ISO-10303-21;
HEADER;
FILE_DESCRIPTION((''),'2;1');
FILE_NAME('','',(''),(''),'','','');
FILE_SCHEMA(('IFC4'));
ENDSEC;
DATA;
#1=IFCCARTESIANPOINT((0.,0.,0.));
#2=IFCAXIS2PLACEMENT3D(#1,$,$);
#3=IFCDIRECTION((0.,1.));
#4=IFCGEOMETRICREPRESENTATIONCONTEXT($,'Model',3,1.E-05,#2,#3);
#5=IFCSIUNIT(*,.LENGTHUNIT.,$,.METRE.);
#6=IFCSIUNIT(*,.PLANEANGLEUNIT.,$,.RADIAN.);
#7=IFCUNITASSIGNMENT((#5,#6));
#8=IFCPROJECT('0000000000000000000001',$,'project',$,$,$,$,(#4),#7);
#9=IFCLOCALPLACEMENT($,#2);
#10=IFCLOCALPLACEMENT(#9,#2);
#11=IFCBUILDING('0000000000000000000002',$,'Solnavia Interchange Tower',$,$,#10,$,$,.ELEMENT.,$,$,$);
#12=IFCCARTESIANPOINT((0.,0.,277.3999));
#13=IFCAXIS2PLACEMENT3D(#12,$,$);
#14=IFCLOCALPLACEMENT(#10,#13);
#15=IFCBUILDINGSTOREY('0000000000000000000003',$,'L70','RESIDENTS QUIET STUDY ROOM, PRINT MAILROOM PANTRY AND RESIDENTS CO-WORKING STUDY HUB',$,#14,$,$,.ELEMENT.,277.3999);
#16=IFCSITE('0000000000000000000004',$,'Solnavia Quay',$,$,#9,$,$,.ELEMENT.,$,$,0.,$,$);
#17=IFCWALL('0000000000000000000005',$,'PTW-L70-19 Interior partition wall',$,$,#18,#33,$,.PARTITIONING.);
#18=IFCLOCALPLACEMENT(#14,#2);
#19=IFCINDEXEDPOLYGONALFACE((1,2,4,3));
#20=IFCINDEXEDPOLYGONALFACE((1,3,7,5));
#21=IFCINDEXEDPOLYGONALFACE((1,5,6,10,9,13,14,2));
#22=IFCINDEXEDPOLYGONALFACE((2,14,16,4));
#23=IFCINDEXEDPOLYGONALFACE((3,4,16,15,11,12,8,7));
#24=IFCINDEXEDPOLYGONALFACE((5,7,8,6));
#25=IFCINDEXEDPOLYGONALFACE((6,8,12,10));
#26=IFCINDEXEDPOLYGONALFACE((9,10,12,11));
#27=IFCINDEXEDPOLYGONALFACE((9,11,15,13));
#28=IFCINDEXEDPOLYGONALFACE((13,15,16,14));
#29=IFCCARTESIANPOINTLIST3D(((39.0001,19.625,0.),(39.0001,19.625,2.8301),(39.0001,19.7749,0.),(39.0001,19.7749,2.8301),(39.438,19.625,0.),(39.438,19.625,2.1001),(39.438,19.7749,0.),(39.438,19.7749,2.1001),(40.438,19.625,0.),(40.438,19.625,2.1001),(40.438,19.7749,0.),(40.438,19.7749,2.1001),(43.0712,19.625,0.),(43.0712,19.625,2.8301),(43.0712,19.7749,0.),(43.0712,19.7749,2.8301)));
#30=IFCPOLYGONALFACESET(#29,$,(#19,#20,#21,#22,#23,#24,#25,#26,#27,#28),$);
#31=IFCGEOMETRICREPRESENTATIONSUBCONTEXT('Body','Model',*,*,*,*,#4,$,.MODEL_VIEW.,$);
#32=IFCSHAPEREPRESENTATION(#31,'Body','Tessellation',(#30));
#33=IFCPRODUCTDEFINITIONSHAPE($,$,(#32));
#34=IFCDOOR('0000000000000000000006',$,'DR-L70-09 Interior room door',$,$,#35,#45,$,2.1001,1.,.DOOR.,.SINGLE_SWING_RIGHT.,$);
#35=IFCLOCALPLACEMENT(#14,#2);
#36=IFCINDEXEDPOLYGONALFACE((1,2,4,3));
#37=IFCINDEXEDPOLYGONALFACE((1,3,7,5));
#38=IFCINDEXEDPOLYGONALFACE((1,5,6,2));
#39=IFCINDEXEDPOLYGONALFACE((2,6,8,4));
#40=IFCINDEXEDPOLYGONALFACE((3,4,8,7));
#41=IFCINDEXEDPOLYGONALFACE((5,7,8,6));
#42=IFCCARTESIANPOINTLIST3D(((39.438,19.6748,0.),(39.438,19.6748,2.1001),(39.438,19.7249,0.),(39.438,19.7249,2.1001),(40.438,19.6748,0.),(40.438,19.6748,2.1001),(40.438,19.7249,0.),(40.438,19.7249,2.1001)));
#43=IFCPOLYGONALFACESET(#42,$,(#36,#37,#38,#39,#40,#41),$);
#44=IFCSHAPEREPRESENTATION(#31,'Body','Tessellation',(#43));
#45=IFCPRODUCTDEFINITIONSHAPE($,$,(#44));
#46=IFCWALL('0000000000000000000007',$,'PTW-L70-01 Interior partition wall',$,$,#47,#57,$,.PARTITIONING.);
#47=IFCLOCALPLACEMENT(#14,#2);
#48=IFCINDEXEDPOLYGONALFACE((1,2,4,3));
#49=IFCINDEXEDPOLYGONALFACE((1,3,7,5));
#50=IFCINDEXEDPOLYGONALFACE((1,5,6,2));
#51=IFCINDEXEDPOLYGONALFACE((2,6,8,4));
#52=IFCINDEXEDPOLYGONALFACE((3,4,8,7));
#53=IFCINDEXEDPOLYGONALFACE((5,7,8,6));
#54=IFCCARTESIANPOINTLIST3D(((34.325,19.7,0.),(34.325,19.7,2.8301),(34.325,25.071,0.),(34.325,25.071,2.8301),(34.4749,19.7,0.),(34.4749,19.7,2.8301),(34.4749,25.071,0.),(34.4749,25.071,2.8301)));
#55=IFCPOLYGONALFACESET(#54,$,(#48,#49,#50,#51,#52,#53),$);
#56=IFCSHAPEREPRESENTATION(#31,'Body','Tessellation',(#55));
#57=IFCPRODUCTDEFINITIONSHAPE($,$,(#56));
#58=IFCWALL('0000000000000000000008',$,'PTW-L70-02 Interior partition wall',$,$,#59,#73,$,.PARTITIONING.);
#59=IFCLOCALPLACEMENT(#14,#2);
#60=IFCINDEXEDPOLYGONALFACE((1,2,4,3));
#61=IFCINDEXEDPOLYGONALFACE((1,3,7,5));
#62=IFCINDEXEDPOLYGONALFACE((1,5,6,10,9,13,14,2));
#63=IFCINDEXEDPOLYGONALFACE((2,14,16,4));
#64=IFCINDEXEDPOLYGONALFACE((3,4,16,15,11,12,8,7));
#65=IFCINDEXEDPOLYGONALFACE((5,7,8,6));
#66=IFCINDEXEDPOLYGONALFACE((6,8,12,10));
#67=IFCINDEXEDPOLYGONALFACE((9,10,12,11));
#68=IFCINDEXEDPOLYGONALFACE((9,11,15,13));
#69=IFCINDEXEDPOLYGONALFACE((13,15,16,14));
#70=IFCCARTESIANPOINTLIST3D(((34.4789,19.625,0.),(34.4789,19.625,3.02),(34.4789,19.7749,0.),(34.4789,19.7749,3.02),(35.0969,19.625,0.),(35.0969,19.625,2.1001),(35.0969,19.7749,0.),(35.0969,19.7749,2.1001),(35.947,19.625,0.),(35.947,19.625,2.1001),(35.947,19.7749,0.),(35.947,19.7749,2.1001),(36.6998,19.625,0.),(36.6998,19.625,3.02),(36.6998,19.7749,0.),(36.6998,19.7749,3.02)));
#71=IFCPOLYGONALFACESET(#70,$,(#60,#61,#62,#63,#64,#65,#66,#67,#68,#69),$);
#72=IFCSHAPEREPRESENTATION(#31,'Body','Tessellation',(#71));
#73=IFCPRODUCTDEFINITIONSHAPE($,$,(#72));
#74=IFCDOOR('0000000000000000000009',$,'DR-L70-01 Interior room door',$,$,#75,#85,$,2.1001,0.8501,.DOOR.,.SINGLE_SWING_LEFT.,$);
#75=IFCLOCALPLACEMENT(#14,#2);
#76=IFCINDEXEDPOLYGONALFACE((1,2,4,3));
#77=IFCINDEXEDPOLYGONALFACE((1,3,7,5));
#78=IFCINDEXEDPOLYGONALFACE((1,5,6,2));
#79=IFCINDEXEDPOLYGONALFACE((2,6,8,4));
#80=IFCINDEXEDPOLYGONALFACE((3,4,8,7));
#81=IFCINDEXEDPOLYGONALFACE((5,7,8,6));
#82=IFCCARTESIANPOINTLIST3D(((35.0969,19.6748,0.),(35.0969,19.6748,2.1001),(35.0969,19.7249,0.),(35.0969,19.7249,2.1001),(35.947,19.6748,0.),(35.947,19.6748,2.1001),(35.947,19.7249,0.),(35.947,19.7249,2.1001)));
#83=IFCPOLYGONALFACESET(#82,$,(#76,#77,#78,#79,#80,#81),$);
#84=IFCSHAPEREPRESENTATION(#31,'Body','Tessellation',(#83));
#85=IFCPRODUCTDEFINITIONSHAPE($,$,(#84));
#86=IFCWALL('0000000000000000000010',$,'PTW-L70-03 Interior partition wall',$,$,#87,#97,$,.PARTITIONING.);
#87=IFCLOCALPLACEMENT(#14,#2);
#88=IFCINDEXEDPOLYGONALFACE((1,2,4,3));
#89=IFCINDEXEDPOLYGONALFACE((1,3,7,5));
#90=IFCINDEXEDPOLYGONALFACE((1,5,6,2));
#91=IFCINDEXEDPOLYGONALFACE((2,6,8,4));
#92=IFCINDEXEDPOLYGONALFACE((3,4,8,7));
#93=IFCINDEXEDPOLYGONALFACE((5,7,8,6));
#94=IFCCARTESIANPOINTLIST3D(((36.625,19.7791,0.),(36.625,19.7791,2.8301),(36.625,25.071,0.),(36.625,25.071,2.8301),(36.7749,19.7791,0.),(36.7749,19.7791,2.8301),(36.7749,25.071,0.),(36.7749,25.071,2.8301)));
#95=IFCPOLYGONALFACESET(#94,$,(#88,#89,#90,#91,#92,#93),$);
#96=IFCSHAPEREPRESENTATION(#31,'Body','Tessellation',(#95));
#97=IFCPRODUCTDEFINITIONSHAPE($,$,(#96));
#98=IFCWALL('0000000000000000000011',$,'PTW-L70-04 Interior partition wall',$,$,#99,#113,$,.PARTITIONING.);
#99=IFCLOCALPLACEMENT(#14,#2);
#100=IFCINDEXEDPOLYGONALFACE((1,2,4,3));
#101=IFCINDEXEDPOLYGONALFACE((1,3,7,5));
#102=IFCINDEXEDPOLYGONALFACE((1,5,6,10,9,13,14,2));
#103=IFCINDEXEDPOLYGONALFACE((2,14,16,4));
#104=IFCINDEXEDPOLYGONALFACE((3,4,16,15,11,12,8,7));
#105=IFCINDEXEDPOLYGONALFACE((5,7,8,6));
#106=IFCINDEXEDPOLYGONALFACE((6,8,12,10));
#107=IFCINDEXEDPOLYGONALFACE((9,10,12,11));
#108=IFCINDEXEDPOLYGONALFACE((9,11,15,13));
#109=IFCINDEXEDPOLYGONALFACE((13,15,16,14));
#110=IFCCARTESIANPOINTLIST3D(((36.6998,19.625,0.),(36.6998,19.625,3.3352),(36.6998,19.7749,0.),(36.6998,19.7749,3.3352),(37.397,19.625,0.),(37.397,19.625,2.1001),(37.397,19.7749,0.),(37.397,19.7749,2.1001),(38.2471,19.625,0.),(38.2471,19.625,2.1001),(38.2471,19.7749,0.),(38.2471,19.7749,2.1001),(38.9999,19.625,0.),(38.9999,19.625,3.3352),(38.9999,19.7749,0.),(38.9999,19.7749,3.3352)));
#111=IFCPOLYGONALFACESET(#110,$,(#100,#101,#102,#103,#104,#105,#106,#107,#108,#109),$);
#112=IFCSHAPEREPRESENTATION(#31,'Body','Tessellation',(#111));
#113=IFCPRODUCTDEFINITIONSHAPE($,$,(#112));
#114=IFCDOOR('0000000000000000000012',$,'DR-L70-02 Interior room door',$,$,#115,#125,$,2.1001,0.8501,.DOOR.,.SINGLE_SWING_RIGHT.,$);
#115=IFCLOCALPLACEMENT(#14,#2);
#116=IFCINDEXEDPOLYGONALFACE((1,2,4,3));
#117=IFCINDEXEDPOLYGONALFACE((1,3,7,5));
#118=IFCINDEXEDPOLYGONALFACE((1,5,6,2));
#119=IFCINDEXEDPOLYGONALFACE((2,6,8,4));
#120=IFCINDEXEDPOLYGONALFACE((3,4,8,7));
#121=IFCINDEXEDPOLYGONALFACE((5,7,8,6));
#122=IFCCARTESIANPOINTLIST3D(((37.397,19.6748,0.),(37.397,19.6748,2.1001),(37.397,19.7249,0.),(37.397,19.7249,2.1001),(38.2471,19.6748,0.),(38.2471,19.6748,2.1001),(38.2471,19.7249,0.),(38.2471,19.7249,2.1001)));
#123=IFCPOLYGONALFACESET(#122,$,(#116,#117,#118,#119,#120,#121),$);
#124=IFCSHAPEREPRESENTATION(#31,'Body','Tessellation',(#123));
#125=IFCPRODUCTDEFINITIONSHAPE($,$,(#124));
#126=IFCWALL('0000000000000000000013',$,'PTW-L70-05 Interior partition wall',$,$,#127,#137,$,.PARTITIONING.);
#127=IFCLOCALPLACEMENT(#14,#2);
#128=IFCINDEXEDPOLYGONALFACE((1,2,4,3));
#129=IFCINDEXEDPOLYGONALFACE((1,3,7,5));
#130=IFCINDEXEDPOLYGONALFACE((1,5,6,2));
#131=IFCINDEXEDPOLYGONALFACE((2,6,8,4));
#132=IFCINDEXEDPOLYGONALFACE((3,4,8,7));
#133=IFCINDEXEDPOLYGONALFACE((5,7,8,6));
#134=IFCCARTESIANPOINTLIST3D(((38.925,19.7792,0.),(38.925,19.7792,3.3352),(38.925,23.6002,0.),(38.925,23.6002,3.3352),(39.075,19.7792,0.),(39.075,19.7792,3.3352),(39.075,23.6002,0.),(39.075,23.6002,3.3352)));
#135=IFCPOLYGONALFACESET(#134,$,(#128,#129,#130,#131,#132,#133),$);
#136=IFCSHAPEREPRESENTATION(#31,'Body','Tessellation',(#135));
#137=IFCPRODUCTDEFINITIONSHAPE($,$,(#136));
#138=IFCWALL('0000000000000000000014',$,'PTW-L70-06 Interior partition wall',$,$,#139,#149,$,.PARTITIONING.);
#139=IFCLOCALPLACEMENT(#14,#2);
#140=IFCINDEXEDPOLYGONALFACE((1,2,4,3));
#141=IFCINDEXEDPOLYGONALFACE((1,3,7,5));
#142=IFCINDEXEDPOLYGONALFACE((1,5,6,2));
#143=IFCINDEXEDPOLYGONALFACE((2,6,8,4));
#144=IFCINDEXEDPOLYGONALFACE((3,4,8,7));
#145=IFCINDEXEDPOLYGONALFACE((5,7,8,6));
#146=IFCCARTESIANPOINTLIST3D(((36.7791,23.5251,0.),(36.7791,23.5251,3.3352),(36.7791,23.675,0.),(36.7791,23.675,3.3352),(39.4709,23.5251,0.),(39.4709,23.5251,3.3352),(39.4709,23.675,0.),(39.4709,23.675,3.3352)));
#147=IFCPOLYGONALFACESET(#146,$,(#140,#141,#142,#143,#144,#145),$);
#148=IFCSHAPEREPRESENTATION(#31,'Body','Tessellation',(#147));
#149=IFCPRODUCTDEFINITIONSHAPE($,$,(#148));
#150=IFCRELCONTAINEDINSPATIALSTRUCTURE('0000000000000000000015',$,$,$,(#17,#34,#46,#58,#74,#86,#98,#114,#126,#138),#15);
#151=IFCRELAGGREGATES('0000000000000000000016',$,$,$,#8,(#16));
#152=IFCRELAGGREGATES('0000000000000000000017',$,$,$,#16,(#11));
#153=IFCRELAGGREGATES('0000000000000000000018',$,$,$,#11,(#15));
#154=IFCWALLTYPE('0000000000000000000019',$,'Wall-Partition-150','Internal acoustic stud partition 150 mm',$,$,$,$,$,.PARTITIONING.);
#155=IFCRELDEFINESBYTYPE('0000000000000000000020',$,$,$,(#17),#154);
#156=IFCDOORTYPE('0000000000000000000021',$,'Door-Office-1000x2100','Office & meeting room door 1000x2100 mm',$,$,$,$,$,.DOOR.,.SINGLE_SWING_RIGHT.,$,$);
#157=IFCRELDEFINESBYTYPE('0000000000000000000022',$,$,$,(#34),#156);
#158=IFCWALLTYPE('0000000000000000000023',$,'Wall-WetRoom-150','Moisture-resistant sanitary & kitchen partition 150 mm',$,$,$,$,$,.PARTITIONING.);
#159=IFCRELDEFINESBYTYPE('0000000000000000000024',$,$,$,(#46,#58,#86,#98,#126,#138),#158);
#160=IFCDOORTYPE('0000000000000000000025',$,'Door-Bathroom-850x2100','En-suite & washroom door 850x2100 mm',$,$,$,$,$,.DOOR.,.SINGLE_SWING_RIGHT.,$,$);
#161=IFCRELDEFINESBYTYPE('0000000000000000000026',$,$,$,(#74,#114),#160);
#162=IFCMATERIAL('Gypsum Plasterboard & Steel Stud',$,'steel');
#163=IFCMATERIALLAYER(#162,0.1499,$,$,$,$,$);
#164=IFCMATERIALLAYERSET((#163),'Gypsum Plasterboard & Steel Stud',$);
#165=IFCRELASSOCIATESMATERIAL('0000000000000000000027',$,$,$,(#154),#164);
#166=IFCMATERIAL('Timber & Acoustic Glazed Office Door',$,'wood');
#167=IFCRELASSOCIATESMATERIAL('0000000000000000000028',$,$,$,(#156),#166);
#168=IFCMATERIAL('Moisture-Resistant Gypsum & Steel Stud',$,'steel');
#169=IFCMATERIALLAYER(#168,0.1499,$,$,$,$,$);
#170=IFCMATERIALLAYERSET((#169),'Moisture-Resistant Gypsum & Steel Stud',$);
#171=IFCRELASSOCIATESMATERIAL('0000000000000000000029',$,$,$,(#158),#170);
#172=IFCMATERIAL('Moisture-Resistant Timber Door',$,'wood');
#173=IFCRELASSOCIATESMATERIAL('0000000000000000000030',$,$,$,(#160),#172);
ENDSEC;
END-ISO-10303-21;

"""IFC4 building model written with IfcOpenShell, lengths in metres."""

from ifc_helpers import new_model, si_unit, direction, frame, frame_2d, origin, place, context, subcontext, project, spatial, rectangle, extrude, material, layer, layer_set, type_object, element, fill, save


model = new_model("IFC4")

# Units and contexts
model_context = context("Model", 3, precision=1e-05, world=origin(), true_north=direction((0.0, 1.0)))
body_context = subcontext(model_context, "Body", "Model", "MODEL_VIEW")
ifc_project = project(units=[si_unit("LENGTHUNIT", "METRE"), si_unit("PLANEANGLEUNIT", "RADIAN")], contexts=[model_context])

# Site, building, storey
site_placement = place(None, origin())
site = spatial("IfcSite", under=ifc_project, at=site_placement, Name="Solnavia Quay", CompositionType="ELEMENT", RefElevation=0.0)
building_placement = place(site_placement, origin())
building = spatial("IfcBuilding", under=site, at=building_placement, Name="Solnavia Interchange Tower", CompositionType="ELEMENT")
storey_placement = place(building_placement, frame((0.0, 0.0, 277.3999)))
storey = spatial("IfcBuildingStorey", under=building, at=storey_placement, Name="L70", Description="RESIDENTS QUIET STUDY ROOM, PRINT MAILROOM PANTRY AND RESIDENTS CO-WORKING STUDY HUB", CompositionType="ELEMENT", Elevation=277.3999)

# Wall, opening, door
ifc_material_1 = material(Name="Gypsum Plasterboard & Steel Stud", Category="steel")
ifc_layer_1 = layer(ifc_material_1, 0.1499)
ifc_layer_set_1 = layer_set([ifc_layer_1], Name="Gypsum Plasterboard & Steel Stud")
wall_type_1 = type_object("IfcWallType", Name="Wall-Partition-150", Description="Internal acoustic stud partition 150 mm", PredefinedType="PARTITIONING", material=ifc_layer_set_1)
ifc_material_2 = material(Name="Timber & Acoustic Glazed Office Door", Category="wood")
door_type_1 = type_object("IfcDoorType", Name="Door-Office-1000x2100", Description="Office & meeting room door 1000x2100 mm", OperationType="SINGLE_SWING_RIGHT", PredefinedType="DOOR", material=ifc_material_2)
wall_1_placement = place(storey_placement, frame((39.0, 19.7, 0.0), z_axis=(0.0, 0.0, 1.0), x_axis=(1.0, 0.0, 0.0)))
wall_1 = element("IfcWall", 1, at=wall_1_placement, inside=storey, type_object=wall_type_1, Name="PTW-L70-19 Interior partition wall", PredefinedType="PARTITIONING", context=body_context, shape_type="SweptSolid", body=[
    extrude(rectangle(XDim=4.071, YDim=0.1499, at=frame_2d((2.0356, 0.0))), origin(), (0.0, 0.0, 1.0), 2.8301),
])
opening_1_placement = place(wall_1_placement, frame((0.438, 0.0, 0.0)))
opening_1 = element("IfcOpeningElement", 2, at=opening_1_placement, cuts=wall_1, PredefinedType="OPENING", context=body_context, shape_type="SweptSolid", body=[
    extrude(rectangle(XDim=1.0, YDim=2.1001, at=frame_2d((0.5, 1.05))), frame((0.0, 0.085, 0.0), z_axis=(0.0, -1.0, 0.0), x_axis=(1.0, 0.0, 0.0)), (0.0, 0.0, 1.0), 0.1699),
])
door_1_placement = place(opening_1_placement, origin())
door_1 = element("IfcDoor", 3, at=door_1_placement, inside=storey, type_object=door_type_1, Name="DR-L70-09 Interior room door", OperationType="SINGLE_SWING_RIGHT", OverallHeight=2.1001, OverallWidth=1.0, PredefinedType="DOOR", context=body_context, shape_type="SweptSolid", body=[
    extrude(rectangle(XDim=1.0, YDim=2.1001, at=frame_2d((0.5, 1.05))), frame((0.0, 0.0249, 0.0), z_axis=(0.0, -1.0, 0.0), x_axis=(1.0, 0.0, 0.0)), (0.0, 0.0, 1.0), 0.05),
])
fill(opening_1, door_1)

# Wall
ifc_material_3 = material(Name="Moisture-Resistant Gypsum & Steel Stud", Category="steel")
ifc_layer_2 = layer(ifc_material_3, 0.1499)
ifc_layer_set_2 = layer_set([ifc_layer_2], Name="Moisture-Resistant Gypsum & Steel Stud")
wall_type_2 = type_object("IfcWallType", Name="Wall-WetRoom-150", Description="Moisture-resistant sanitary & kitchen partition 150 mm", PredefinedType="PARTITIONING", material=ifc_layer_set_2)
wall_2_placement = place(storey_placement, frame((34.3999, 19.7, 0.0), z_axis=(0.0, 0.0, 1.0), x_axis=(0.0, 1.0, 0.0)))
element("IfcWall", 4, at=wall_2_placement, inside=storey, type_object=wall_type_2, Name="PTW-L70-01 Interior partition wall", PredefinedType="PARTITIONING", context=body_context, shape_type="SweptSolid", body=[
    extrude(rectangle(XDim=5.3711, YDim=0.1499, at=frame_2d((2.6855, 0.0))), origin(), (0.0, 0.0, 1.0), 2.8301),
])

# Wall, opening, door
wall_3_placement = place(storey_placement, frame((34.479, 19.7, 0.0), z_axis=(0.0, 0.0, 1.0), x_axis=(1.0, 0.0, 0.0)))
wall_3 = element("IfcWall", 5, at=wall_3_placement, inside=storey, type_object=wall_type_2, Name="PTW-L70-02 Interior partition wall", PredefinedType="PARTITIONING", context=body_context, shape_type="SweptSolid", body=[
    extrude(rectangle(XDim=2.2209, YDim=0.1499, at=frame_2d((1.1104, 0.0))), origin(), (0.0, 0.0, 1.0), 3.02),
])
opening_2_placement = place(wall_3_placement, frame((0.6179, 0.0, 0.0)))
opening_2 = element("IfcOpeningElement", 6, at=opening_2_placement, cuts=wall_3, PredefinedType="OPENING", context=body_context, shape_type="SweptSolid", body=[
    extrude(rectangle(XDim=0.8501, YDim=2.1001, at=frame_2d((0.425, 1.05))), frame((0.0, 0.085, 0.0), z_axis=(0.0, -1.0, 0.0), x_axis=(1.0, 0.0, 0.0)), (0.0, 0.0, 1.0), 0.1699),
])
ifc_material_4 = material(Name="Moisture-Resistant Timber Door", Category="wood")
door_type_2 = type_object("IfcDoorType", Name="Door-Bathroom-850x2100", Description="En-suite & washroom door 850x2100 mm", OperationType="SINGLE_SWING_RIGHT", PredefinedType="DOOR", material=ifc_material_4)
door_2_placement = place(opening_2_placement, origin())
door_2 = element("IfcDoor", 7, at=door_2_placement, inside=storey, type_object=door_type_2, Name="DR-L70-01 Interior room door", OperationType="SINGLE_SWING_LEFT", OverallHeight=2.1001, OverallWidth=0.8501, PredefinedType="DOOR", context=body_context, shape_type="SweptSolid", body=[
    extrude(rectangle(XDim=0.8501, YDim=2.1001, at=frame_2d((0.425, 1.05))), frame((0.0, 0.0249, 0.0), z_axis=(0.0, -1.0, 0.0), x_axis=(1.0, 0.0, 0.0)), (0.0, 0.0, 1.0), 0.05),
])
fill(opening_2, door_2)

# Wall
wall_4_placement = place(storey_placement, frame((36.7, 19.7791, 0.0), z_axis=(0.0, 0.0, 1.0), x_axis=(0.0, 1.0, 0.0)))
element("IfcWall", 8, at=wall_4_placement, inside=storey, type_object=wall_type_2, Name="PTW-L70-03 Interior partition wall", PredefinedType="PARTITIONING", context=body_context, shape_type="SweptSolid", body=[
    extrude(rectangle(XDim=5.292, YDim=0.1499, at=frame_2d((2.646, 0.0))), origin(), (0.0, 0.0, 1.0), 2.8301),
])

# Wall, opening, door
wall_5_placement = place(storey_placement, frame((36.7, 19.7, 0.0), z_axis=(0.0, 0.0, 1.0), x_axis=(1.0, 0.0, 0.0)))
wall_5 = element("IfcWall", 9, at=wall_5_placement, inside=storey, type_object=wall_type_2, Name="PTW-L70-04 Interior partition wall", PredefinedType="PARTITIONING", context=body_context, shape_type="SweptSolid", body=[
    extrude(rectangle(XDim=2.3, YDim=0.1499, at=frame_2d((1.1499, 0.0))), origin(), (0.0, 0.0, 1.0), 3.3352),
])
opening_3_placement = place(wall_5_placement, frame((0.697, 0.0, 0.0)))
opening_3 = element("IfcOpeningElement", 10, at=opening_3_placement, cuts=wall_5, PredefinedType="OPENING", context=body_context, shape_type="SweptSolid", body=[
    extrude(rectangle(XDim=0.8501, YDim=2.1001, at=frame_2d((0.425, 1.05))), frame((0.0, 0.085, 0.0), z_axis=(0.0, -1.0, 0.0), x_axis=(1.0, 0.0, 0.0)), (0.0, 0.0, 1.0), 0.1699),
])
door_3_placement = place(opening_3_placement, origin())
door_3 = element("IfcDoor", 11, at=door_3_placement, inside=storey, type_object=door_type_2, Name="DR-L70-02 Interior room door", OperationType="SINGLE_SWING_RIGHT", OverallHeight=2.1001, OverallWidth=0.8501, PredefinedType="DOOR", context=body_context, shape_type="SweptSolid", body=[
    extrude(rectangle(XDim=0.8501, YDim=2.1001, at=frame_2d((0.425, 1.05))), frame((0.0, 0.0249, 0.0), z_axis=(0.0, -1.0, 0.0), x_axis=(1.0, 0.0, 0.0)), (0.0, 0.0, 1.0), 0.05),
])
fill(opening_3, door_3)

# Walls
wall_6_placement = place(storey_placement, frame((39.0, 19.7791, 0.0), z_axis=(0.0, 0.0, 1.0), x_axis=(0.0, 1.0, 0.0)))
element("IfcWall", 12, at=wall_6_placement, inside=storey, type_object=wall_type_2, Name="PTW-L70-05 Interior partition wall", PredefinedType="PARTITIONING", context=body_context, shape_type="SweptSolid", body=[
    extrude(rectangle(XDim=3.821, YDim=0.1499, at=frame_2d((1.9106, 0.0))), origin(), (0.0, 0.0, 1.0), 3.3352),
])
wall_7_placement = place(storey_placement, frame((36.7791, 23.6001, 0.0), z_axis=(0.0, 0.0, 1.0), x_axis=(1.0, 0.0, 0.0)))
element("IfcWall", 13, at=wall_7_placement, inside=storey, type_object=wall_type_2, Name="PTW-L70-06 Interior partition wall", PredefinedType="PARTITIONING", context=body_context, shape_type="SweptSolid", body=[
    extrude(rectangle(XDim=2.6919, YDim=0.1499, at=frame_2d((1.3459, 0.0))), origin(), (0.0, 0.0, 1.0), 3.3352),
])

save(model, "model.ifc")
